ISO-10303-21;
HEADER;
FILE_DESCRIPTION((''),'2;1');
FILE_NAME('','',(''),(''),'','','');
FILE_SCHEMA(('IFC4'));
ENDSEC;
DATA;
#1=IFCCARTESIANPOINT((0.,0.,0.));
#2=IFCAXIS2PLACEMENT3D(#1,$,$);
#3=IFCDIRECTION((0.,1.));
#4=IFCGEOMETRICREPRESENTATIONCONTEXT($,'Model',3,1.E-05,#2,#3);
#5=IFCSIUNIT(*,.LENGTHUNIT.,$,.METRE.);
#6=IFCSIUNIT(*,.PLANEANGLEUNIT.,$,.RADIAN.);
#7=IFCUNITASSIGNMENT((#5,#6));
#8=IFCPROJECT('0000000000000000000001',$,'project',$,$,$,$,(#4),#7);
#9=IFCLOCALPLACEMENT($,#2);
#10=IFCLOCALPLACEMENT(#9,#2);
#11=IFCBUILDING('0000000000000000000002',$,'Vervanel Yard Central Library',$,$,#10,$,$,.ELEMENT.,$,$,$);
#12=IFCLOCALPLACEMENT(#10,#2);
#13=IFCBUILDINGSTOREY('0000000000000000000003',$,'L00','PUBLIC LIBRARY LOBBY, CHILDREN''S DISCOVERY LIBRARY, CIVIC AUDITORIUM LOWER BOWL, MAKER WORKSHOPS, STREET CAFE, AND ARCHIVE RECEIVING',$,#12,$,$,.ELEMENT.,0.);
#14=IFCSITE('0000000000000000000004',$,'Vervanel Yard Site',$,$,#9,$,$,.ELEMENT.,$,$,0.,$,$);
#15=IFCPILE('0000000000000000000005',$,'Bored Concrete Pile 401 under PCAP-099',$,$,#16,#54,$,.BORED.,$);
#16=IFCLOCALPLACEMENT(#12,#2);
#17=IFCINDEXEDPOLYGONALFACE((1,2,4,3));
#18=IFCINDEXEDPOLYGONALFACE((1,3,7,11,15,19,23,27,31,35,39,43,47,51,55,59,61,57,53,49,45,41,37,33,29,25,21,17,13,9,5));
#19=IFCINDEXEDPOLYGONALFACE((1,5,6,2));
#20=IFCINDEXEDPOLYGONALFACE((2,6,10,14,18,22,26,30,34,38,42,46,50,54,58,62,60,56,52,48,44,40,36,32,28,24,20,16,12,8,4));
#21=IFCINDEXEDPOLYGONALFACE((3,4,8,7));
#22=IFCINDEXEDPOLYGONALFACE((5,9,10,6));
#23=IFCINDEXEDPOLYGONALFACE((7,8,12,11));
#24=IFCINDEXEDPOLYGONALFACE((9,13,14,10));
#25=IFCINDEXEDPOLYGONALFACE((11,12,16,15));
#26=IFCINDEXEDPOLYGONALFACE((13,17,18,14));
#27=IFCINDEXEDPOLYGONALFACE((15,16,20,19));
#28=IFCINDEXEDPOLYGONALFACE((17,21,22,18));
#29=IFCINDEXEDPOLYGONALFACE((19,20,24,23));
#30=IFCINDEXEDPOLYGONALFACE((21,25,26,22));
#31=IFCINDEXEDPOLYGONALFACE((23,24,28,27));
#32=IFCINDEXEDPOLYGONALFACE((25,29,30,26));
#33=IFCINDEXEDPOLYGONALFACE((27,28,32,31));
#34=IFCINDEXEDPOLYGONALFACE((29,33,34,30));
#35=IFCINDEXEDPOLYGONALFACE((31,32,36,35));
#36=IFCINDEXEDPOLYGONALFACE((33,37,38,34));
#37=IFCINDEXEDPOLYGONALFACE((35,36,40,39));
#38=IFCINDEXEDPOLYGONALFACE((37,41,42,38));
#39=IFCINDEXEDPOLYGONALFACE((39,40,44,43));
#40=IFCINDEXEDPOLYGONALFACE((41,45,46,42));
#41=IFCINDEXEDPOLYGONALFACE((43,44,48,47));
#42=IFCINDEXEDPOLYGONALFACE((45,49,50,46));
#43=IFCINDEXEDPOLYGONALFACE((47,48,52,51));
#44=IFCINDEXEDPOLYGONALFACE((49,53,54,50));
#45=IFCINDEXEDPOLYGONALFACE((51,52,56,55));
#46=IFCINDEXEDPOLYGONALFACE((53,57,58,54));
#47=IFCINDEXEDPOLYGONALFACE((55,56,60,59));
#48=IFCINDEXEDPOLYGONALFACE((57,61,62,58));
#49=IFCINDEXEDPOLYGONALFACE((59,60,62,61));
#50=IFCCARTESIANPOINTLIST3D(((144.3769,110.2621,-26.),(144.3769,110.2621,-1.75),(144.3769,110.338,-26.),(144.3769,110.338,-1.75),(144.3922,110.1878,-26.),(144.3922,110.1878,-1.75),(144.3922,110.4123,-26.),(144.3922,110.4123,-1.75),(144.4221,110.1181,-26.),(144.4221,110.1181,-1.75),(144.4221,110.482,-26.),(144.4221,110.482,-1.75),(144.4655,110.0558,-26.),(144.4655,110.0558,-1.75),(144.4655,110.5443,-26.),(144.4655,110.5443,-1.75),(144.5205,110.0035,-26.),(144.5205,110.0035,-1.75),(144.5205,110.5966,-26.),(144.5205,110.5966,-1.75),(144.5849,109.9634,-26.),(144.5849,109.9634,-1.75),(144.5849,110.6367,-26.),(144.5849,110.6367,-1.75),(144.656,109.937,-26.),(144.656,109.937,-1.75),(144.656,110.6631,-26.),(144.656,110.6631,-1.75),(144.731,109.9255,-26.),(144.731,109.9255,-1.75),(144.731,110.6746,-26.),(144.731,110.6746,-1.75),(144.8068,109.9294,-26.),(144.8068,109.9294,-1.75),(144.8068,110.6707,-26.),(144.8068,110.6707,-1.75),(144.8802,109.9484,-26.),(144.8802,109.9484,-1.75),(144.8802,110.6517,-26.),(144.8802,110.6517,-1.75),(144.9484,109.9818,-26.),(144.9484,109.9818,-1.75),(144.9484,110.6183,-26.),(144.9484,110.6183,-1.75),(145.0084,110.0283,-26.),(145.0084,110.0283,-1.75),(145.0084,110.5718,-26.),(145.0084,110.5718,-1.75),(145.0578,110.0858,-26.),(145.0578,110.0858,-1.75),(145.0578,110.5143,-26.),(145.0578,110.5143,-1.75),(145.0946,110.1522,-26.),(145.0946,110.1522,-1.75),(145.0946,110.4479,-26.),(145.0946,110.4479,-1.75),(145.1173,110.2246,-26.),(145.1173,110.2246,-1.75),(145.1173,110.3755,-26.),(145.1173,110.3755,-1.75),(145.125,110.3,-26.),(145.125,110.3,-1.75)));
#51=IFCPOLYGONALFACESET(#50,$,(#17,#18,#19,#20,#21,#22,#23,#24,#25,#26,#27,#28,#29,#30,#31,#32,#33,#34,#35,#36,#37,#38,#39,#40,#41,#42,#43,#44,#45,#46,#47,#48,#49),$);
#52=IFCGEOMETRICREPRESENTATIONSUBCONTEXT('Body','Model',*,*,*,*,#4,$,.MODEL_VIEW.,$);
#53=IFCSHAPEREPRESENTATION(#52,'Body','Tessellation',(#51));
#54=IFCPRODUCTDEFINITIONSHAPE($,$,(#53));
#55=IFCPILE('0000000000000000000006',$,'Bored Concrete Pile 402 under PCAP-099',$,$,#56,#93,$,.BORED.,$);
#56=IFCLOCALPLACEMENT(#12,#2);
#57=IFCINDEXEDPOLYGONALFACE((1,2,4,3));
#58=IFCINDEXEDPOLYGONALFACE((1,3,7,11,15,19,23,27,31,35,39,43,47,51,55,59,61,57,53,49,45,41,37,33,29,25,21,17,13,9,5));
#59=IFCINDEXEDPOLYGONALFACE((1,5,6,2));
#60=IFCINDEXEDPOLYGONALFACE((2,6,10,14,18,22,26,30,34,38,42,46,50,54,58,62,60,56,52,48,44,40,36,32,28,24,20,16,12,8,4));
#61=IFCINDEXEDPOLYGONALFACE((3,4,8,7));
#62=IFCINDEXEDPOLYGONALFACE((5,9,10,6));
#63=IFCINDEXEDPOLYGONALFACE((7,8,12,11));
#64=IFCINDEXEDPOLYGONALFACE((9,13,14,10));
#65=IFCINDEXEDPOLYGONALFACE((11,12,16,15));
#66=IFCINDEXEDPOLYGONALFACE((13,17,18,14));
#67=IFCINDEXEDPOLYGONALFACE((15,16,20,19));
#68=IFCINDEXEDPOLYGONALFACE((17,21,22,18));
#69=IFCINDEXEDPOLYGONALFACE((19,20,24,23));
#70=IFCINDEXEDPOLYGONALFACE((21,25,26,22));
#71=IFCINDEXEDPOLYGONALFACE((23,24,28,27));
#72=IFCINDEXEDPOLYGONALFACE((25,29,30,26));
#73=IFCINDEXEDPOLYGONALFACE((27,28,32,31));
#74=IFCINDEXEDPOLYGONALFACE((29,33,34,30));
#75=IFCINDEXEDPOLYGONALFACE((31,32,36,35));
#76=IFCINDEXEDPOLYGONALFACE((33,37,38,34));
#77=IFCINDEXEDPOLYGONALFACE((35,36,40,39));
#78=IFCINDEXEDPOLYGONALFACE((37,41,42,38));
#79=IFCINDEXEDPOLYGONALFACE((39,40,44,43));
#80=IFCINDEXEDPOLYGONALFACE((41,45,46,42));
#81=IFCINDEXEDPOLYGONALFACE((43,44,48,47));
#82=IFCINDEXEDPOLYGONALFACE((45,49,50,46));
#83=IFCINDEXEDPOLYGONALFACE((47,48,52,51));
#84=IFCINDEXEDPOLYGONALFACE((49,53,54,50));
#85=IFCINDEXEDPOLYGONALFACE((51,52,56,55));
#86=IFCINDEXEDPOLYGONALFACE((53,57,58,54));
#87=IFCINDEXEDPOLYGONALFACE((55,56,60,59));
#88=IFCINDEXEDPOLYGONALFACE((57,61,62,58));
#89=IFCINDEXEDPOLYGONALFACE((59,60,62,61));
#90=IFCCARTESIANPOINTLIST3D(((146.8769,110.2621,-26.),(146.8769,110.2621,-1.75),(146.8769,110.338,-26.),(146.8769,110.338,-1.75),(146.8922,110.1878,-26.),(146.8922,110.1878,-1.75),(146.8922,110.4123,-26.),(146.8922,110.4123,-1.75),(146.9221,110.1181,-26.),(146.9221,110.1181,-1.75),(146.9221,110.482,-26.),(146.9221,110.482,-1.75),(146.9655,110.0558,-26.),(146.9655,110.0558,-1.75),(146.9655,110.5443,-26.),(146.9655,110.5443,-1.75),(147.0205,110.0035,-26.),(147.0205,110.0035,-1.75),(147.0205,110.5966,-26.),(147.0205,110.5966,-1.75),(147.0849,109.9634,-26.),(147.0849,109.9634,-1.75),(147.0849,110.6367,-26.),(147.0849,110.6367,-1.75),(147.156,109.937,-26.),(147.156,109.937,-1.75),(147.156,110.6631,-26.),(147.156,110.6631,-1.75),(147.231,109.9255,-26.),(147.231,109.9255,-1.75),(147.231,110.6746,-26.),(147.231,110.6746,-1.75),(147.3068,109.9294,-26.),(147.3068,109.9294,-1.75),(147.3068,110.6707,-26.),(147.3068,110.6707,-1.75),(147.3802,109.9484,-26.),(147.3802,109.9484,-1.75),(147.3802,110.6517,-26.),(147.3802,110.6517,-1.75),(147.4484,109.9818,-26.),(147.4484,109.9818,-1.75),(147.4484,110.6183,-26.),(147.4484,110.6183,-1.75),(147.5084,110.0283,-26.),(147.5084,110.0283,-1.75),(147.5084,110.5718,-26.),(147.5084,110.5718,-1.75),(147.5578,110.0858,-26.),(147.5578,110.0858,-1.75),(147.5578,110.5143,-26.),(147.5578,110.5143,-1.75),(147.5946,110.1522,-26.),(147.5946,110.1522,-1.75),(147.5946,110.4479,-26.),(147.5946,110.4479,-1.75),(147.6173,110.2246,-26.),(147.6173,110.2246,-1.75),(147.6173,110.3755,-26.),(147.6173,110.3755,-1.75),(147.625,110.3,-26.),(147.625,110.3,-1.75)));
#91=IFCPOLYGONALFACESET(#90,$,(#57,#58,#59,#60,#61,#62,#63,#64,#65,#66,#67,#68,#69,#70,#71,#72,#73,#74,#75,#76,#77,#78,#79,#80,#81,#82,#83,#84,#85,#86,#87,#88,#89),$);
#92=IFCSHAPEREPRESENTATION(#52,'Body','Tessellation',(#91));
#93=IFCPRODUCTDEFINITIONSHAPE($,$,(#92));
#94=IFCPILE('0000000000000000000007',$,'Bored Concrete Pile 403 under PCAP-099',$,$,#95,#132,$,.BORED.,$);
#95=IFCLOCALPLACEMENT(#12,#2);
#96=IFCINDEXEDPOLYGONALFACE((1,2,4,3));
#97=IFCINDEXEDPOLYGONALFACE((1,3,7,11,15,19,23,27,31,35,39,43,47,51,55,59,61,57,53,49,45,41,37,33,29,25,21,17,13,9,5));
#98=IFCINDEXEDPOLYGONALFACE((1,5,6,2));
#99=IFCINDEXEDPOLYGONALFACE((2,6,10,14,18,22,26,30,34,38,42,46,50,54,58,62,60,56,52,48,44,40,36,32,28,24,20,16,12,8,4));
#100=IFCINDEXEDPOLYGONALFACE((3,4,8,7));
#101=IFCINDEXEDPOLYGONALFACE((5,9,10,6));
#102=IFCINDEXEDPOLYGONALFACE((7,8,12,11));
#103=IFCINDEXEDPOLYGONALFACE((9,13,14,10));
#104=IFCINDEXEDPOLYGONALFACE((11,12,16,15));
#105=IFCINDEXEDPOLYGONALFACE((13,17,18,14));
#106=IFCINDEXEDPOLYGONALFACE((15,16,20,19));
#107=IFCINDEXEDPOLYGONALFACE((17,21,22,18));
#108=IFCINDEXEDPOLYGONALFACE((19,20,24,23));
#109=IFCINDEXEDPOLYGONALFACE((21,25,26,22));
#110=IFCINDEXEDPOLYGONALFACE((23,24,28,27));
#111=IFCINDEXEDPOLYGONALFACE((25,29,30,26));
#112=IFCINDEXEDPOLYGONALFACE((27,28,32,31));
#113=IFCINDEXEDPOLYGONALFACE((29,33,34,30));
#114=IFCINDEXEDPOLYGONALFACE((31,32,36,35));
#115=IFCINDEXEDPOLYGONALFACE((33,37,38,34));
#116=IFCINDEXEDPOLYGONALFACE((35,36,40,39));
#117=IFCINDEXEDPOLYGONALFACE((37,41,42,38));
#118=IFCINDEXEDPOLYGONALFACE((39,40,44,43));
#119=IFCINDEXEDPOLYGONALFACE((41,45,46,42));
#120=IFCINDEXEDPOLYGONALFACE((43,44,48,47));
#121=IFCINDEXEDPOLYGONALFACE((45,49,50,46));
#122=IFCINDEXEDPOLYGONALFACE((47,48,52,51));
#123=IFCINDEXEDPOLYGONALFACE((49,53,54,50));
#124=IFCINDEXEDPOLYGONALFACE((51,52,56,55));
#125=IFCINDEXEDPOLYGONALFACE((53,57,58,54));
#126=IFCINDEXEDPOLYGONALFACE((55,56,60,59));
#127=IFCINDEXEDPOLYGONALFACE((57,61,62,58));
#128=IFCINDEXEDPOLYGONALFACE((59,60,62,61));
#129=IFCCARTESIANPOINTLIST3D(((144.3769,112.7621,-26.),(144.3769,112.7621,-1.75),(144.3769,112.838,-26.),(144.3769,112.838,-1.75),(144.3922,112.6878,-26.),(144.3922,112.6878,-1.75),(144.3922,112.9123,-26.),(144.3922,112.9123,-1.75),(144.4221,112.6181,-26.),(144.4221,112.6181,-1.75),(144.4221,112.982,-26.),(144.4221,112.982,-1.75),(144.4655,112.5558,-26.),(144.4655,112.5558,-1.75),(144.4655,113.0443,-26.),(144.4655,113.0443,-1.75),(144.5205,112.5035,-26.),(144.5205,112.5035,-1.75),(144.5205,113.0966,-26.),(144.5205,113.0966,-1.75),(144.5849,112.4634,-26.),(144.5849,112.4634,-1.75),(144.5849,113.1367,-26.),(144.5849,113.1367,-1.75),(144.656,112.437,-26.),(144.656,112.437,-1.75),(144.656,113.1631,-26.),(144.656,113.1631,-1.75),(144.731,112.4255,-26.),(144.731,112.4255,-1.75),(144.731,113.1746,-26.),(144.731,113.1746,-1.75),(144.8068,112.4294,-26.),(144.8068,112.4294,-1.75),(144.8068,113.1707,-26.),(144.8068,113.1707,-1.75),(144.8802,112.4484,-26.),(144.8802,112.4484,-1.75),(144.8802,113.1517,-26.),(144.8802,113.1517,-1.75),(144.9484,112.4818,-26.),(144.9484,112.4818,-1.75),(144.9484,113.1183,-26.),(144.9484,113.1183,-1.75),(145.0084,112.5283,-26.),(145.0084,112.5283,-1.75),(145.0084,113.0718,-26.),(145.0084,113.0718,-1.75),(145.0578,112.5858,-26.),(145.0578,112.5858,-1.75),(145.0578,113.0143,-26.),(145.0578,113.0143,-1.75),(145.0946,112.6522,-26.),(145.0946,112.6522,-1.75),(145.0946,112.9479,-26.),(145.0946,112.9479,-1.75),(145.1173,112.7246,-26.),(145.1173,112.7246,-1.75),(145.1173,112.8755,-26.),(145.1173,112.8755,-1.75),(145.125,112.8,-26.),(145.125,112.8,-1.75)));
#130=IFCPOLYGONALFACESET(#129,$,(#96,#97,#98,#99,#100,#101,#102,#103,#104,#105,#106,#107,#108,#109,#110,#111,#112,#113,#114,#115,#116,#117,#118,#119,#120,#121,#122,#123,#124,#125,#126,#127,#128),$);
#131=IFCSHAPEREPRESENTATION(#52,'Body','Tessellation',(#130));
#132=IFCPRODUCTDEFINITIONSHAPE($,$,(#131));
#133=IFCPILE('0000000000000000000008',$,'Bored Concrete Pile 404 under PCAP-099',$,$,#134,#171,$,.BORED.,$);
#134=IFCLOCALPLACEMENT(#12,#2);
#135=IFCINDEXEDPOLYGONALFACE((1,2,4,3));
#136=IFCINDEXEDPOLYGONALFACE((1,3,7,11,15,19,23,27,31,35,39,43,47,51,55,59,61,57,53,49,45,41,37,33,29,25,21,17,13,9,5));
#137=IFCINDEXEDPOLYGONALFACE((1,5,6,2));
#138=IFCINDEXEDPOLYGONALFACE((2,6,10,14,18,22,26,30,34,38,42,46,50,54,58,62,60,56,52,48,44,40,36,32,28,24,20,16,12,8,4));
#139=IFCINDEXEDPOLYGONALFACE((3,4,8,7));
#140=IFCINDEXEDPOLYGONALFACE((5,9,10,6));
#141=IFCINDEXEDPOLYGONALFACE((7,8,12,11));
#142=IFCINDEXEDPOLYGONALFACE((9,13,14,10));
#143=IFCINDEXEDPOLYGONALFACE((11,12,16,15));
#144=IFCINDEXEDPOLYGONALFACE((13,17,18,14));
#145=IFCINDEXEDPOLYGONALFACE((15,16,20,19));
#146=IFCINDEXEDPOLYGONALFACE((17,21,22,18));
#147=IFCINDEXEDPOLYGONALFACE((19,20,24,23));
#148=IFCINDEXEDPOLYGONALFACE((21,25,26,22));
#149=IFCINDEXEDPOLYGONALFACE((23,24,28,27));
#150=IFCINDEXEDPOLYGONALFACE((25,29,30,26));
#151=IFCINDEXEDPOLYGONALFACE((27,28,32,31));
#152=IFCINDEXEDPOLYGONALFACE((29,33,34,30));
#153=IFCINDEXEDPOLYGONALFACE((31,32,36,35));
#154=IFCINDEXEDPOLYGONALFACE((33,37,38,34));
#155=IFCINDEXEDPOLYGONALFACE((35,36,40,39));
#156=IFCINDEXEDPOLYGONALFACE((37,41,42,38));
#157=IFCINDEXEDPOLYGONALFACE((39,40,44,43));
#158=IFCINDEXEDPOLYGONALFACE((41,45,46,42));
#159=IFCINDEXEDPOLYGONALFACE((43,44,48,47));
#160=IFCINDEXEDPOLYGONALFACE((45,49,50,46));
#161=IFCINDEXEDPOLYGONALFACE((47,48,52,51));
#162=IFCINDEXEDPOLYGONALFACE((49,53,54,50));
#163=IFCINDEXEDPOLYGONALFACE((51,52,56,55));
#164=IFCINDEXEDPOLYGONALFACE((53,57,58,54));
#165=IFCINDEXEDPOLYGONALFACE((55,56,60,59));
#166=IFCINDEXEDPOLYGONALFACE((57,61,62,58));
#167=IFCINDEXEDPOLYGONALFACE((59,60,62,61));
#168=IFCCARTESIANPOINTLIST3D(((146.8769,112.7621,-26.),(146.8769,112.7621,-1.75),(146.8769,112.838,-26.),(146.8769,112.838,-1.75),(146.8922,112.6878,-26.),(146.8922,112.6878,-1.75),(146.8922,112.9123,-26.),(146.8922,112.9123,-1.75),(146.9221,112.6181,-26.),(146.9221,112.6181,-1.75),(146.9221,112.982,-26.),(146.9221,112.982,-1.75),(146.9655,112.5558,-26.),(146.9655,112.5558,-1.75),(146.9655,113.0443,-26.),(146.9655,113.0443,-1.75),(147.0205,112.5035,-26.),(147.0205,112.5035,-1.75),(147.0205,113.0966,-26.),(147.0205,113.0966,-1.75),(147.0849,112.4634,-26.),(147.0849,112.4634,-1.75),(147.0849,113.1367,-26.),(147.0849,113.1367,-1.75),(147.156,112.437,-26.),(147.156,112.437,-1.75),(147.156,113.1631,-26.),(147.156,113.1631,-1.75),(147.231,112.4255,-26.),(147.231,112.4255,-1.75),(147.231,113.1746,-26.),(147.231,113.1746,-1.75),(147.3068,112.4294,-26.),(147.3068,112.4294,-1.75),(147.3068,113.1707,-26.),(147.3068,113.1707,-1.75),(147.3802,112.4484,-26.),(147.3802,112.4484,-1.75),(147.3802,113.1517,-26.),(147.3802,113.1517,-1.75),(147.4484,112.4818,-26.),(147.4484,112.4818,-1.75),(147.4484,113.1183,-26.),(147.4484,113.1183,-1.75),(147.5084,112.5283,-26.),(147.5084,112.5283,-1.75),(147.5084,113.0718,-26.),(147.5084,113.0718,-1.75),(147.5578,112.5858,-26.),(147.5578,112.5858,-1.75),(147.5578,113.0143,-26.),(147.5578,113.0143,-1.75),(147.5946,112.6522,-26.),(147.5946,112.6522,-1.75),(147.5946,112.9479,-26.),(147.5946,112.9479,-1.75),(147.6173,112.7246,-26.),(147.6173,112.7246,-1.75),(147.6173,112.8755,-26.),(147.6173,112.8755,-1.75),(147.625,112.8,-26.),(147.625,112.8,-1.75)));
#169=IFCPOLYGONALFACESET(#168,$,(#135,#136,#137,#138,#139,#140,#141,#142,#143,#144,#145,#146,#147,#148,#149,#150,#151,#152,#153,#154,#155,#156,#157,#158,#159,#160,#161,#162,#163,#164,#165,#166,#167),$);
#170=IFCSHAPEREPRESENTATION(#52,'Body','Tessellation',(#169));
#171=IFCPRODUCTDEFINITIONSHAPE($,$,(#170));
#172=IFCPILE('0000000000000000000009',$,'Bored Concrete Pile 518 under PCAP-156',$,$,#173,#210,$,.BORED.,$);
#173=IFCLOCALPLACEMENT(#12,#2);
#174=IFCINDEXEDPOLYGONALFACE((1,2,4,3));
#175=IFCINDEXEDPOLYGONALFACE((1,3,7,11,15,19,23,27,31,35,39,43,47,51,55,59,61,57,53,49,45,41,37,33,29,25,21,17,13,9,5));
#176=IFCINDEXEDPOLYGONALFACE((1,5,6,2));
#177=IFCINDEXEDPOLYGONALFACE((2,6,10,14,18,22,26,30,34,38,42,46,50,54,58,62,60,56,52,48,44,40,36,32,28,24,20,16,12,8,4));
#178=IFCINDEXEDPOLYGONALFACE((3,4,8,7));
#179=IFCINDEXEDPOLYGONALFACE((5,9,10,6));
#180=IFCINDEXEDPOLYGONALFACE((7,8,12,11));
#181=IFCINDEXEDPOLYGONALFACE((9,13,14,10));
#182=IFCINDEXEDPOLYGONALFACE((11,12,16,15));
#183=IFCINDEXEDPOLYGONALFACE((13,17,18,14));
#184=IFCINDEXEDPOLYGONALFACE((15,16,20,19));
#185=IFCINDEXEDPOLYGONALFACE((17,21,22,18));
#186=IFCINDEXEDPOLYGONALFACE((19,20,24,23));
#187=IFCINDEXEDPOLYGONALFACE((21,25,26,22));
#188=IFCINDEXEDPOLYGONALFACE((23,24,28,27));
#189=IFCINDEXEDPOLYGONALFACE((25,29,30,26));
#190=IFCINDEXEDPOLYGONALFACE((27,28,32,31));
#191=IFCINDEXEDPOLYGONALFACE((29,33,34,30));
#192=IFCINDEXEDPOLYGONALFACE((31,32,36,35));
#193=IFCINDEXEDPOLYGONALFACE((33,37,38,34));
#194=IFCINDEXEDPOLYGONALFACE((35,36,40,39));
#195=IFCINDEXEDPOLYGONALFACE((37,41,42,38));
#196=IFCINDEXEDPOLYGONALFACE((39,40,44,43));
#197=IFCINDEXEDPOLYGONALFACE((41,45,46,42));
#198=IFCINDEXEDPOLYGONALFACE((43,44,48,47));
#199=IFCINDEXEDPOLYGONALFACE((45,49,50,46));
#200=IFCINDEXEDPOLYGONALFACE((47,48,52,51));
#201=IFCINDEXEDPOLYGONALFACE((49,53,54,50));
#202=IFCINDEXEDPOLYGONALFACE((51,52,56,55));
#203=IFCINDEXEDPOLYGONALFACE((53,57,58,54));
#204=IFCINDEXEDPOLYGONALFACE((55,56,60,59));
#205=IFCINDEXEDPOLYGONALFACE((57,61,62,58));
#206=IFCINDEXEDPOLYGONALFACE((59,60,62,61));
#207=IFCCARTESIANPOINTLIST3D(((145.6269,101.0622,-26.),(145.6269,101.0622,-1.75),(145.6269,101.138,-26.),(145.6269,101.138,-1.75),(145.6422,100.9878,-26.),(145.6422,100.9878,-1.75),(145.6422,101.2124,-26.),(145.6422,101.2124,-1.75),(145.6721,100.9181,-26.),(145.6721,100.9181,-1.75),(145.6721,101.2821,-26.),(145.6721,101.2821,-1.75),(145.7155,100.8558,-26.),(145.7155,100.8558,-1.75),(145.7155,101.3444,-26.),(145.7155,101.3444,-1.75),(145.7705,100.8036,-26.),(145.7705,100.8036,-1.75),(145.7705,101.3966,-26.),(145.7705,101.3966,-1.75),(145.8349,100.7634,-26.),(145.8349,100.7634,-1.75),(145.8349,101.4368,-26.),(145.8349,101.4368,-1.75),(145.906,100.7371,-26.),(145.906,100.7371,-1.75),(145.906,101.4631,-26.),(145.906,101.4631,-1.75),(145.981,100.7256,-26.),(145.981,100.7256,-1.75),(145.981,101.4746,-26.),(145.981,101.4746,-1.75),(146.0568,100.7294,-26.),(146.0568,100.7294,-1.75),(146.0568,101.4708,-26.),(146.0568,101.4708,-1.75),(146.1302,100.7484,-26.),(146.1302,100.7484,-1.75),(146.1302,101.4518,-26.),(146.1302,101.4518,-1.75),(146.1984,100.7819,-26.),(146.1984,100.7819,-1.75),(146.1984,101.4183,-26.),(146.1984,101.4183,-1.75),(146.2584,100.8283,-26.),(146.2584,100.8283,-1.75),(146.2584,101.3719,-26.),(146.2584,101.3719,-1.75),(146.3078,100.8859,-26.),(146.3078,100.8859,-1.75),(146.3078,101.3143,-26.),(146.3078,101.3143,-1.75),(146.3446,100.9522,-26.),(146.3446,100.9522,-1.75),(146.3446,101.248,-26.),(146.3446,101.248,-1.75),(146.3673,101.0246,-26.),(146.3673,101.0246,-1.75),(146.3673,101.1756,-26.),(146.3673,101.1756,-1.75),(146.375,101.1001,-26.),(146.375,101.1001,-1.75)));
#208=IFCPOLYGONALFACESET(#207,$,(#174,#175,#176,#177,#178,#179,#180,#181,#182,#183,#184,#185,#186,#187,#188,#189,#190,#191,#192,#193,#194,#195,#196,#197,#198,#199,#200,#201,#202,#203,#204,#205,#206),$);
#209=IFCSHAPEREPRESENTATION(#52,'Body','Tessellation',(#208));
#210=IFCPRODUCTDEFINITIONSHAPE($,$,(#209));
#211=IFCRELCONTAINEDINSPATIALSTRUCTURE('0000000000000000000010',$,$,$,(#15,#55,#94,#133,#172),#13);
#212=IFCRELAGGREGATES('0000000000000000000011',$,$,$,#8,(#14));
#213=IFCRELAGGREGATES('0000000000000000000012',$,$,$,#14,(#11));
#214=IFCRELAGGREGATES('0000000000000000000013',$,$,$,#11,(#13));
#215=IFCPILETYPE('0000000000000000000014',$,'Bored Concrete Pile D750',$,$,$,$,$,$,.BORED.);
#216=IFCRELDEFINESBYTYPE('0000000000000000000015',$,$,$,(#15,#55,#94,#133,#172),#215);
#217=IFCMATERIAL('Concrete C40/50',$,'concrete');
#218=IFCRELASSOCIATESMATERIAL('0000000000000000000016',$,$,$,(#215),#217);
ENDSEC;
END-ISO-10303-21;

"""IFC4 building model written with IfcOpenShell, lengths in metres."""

from ifc_helpers import new_model, si_unit, direction, frame, origin, origin_2d, place, context, subcontext, project, spatial, circle, extrude, material, material_profile, profile_set, type_object, element, save


model = new_model("IFC4")

# Units and contexts
model_context = context("Model", 3, precision=1e-05, world=origin(), true_north=direction((0.0, 1.0)))
body_context = subcontext(model_context, "Body", "Model", "MODEL_VIEW")
ifc_project = project(units=[si_unit("LENGTHUNIT", "METRE"), si_unit("PLANEANGLEUNIT", "RADIAN")], contexts=[model_context])

# Site, building, storey
site_placement = place(None, origin())
site = spatial("IfcSite", under=ifc_project, at=site_placement, Name="Vervanel Yard Site", CompositionType="ELEMENT", RefElevation=0.0)
building_placement = place(site_placement, origin())
building = spatial("IfcBuilding", under=site, at=building_placement, Name="Vervanel Yard Central Library", CompositionType="ELEMENT")
storey_placement = place(building_placement, origin())
storey = spatial("IfcBuildingStorey", under=building, at=storey_placement, Name="L00", Description="PUBLIC LIBRARY LOBBY, CHILDREN'S DISCOVERY LIBRARY, CIVIC AUDITORIUM LOWER BOWL, MAKER WORKSHOPS, STREET CAFE, AND ARCHIVE RECEIVING", CompositionType="ELEMENT", Elevation=0.0)

# Piles
ifc_material_1 = material(Name="Concrete C40/50", Category="concrete")
ifc_material_profile_1 = material_profile(ifc_material_1, circle(Radius=0.375, at=origin_2d()), Name="BP D750", Category="concrete")
ifc_profile_set_1 = profile_set([ifc_material_profile_1], Name="Concrete C40/50")
pile_type = type_object("IfcPileType", Name="Bored Concrete Pile D750", PredefinedType="BORED", material=ifc_profile_set_1)
for number, where, z_axis, x_axis, name in (
    (1, (144.75, 110.3, -1.75), (0.0, 0.0, -1.0), (1.0, 0.0, 0.0), "Bored Concrete Pile 401 under PCAP-099"),
    (2, (147.25, 110.3, -1.75), (0.0, 0.0, -1.0), (1.0, 0.0, 0.0), "Bored Concrete Pile 402 under PCAP-099"),
    (3, (144.75, 112.8, -1.75), (0.0, 0.0, -1.0), (1.0, 0.0, 0.0), "Bored Concrete Pile 403 under PCAP-099"),
    (4, (147.25, 112.8, -1.75), (0.0, 0.0, -1.0), (1.0, 0.0, 0.0), "Bored Concrete Pile 404 under PCAP-099"),
    (5, (146.0, 101.1001, -1.75), (0.0, 0.0, -1.0), (1.0, 0.0, 0.0), "Bored Concrete Pile 518 under PCAP-156"),
):
    element("IfcPile", number, at=place(storey_placement, frame(where, z_axis=z_axis, x_axis=x_axis)), inside=storey, type_object=pile_type, Name=name, PredefinedType="BORED", context=body_context, shape_type="SweptSolid", body=[
        extrude(circle(Radius=0.375, at=origin_2d()), origin(), (0.0, 0.0, 1.0), 24.25),
    ])

save(model, "model.ifc")
